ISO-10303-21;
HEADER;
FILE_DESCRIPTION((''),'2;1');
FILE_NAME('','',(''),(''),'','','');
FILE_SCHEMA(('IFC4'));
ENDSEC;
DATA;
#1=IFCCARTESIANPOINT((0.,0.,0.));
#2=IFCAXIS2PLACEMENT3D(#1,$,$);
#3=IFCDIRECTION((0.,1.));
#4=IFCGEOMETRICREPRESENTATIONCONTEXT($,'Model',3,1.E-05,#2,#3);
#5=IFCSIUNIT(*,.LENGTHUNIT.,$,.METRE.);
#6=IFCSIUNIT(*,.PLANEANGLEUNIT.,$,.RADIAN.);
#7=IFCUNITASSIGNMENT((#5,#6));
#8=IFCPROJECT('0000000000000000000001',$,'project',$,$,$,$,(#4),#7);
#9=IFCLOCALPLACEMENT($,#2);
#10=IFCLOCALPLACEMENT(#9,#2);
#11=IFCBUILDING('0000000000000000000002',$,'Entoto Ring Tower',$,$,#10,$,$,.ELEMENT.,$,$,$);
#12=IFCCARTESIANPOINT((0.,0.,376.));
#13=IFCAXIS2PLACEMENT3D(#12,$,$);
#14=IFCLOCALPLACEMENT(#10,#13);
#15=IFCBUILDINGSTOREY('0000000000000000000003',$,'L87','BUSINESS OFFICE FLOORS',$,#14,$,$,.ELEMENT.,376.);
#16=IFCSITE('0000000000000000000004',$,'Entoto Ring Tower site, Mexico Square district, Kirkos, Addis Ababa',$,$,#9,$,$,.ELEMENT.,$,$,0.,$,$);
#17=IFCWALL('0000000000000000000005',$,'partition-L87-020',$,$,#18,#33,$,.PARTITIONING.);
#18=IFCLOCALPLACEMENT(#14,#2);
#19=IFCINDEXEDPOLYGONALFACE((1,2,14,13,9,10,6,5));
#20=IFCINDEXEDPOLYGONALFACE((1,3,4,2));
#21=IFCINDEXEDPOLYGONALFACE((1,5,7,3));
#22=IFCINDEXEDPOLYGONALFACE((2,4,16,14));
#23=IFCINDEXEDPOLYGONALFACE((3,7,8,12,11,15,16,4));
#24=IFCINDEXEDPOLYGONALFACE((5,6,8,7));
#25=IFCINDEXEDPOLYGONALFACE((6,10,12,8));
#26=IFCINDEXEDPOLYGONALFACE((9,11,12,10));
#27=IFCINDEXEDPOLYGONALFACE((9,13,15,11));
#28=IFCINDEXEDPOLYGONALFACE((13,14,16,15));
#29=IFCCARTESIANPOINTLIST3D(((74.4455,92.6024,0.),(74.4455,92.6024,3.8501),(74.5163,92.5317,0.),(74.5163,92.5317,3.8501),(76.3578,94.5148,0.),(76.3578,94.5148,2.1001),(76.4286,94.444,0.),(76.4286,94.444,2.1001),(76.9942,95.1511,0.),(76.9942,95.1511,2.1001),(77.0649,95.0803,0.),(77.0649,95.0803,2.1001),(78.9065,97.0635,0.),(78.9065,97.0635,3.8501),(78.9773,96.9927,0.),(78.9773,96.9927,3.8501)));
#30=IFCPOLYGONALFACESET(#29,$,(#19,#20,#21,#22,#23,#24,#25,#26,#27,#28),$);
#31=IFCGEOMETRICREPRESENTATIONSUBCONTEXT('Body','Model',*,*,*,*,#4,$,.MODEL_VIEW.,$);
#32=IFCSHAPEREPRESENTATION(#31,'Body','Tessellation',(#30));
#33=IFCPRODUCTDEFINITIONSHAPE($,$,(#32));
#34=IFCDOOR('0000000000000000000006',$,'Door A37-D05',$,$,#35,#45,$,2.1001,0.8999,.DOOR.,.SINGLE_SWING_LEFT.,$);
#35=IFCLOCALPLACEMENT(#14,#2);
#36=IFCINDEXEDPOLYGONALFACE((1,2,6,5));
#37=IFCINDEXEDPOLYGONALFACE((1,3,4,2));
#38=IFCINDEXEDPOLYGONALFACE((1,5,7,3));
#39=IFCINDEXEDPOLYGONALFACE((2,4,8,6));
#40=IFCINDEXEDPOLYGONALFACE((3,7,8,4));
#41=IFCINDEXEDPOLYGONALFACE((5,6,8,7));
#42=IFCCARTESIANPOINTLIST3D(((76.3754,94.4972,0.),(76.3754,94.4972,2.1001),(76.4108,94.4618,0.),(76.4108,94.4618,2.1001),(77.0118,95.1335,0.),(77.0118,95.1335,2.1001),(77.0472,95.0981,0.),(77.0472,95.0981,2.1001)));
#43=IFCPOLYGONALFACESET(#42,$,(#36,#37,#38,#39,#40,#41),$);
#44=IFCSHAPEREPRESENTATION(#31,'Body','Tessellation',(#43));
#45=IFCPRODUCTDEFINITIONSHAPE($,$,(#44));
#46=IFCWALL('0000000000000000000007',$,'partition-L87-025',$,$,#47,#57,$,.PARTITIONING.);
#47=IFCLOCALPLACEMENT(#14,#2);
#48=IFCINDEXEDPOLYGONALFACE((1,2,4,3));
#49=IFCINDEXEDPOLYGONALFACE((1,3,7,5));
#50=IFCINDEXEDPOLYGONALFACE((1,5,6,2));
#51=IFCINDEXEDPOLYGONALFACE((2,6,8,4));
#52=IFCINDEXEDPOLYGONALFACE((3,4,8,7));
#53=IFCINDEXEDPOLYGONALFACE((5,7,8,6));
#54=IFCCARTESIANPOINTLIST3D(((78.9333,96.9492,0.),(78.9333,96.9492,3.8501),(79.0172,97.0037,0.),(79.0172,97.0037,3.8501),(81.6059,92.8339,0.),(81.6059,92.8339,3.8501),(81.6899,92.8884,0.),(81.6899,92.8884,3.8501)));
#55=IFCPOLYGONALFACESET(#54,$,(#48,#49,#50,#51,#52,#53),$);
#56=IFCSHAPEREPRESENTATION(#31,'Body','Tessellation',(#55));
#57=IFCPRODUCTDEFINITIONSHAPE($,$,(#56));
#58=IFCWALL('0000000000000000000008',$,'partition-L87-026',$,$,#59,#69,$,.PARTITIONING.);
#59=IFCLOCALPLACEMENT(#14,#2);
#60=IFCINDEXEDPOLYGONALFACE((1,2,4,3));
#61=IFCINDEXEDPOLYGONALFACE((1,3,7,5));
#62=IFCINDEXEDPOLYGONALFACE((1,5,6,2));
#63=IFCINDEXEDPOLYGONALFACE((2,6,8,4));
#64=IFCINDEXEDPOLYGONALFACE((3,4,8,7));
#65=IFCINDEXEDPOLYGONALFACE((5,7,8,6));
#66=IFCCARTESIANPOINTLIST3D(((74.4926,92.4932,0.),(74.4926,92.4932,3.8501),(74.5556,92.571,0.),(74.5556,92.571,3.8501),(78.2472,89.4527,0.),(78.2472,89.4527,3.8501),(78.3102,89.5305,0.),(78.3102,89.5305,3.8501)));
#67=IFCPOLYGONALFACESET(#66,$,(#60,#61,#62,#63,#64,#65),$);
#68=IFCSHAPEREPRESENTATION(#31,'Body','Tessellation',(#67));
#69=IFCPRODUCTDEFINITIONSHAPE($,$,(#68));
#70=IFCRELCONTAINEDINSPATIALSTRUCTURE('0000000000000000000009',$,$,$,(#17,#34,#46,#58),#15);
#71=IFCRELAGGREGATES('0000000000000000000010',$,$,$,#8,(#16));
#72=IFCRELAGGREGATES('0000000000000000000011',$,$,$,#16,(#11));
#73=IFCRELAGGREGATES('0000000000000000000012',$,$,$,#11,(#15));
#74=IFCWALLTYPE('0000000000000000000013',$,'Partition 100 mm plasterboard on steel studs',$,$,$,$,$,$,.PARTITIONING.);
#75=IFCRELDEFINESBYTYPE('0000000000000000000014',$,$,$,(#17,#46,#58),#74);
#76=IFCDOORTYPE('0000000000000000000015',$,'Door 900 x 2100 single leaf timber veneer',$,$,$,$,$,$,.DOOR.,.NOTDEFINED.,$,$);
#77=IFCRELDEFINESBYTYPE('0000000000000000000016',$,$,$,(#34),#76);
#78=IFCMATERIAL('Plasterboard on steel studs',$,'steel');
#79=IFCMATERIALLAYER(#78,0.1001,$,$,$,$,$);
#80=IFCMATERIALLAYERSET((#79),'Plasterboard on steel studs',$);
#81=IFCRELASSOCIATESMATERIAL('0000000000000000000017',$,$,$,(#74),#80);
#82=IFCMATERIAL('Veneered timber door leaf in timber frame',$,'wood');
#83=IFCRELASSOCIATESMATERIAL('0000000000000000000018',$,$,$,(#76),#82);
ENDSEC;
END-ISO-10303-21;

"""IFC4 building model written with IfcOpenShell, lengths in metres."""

from ifc_helpers import new_model, si_unit, direction, frame, frame_2d, origin, place, context, subcontext, project, spatial, rectangle, extrude, material, layer, layer_set, type_object, element, fill, save


model = new_model("IFC4")

# Units and contexts
model_context = context("Model", 3, precision=1e-05, world=origin(), true_north=direction((0.0, 1.0)))
body_context = subcontext(model_context, "Body", "Model", "MODEL_VIEW")
ifc_project = project(units=[si_unit("LENGTHUNIT", "METRE"), si_unit("PLANEANGLEUNIT", "RADIAN")], contexts=[model_context])

# Site, building, storey
site_placement = place(None, origin())
site = spatial("IfcSite", under=ifc_project, at=site_placement, Name="Entoto Ring Tower site, Mexico Square district, Kirkos, Addis Ababa", CompositionType="ELEMENT", RefElevation=0.0)
building_placement = place(site_placement, origin())
building = spatial("IfcBuilding", under=site, at=building_placement, Name="Entoto Ring Tower", CompositionType="ELEMENT")
storey_placement = place(building_placement, frame((0.0, 0.0, 376.0)))
storey = spatial("IfcBuildingStorey", under=building, at=storey_placement, Name="L87", Description="BUSINESS OFFICE FLOORS", CompositionType="ELEMENT", Elevation=376.0)

# Wall, opening, door
ifc_material_1 = material(Name="Plasterboard on steel studs", Category="steel")
ifc_layer_1 = layer(ifc_material_1, 0.1001)
ifc_layer_set_1 = layer_set([ifc_layer_1], Name="Plasterboard on steel studs")
wall_type_1 = type_object("IfcWallType", Name="Partition 100 mm plasterboard on steel studs", PredefinedType="PARTITIONING", material=ifc_layer_set_1)
wall_1_placement = place(storey_placement, frame((74.481, 92.5671, 0.0), z_axis=(0.0, 0.0, 1.0), x_axis=(0.707107, 0.707107, 0.0)))
wall_1 = element("IfcWall", 1, at=wall_1_placement, inside=storey, type_object=wall_type_1, Name="partition-L87-020", PredefinedType="PARTITIONING", context=body_context, shape_type="SweptSolid", body=[
    extrude(rectangle(XDim=6.3088, YDim=0.1001, at=frame_2d((3.1543, 0.0))), origin(), (0.0, 0.0, 1.0), 3.8501),
])
opening_1_placement = place(wall_1_placement, frame((2.7043, 0.0, 0.0)))
opening_1 = element("IfcOpeningElement", 2, at=opening_1_placement, cuts=wall_1, PredefinedType="OPENING", context=body_context, shape_type="SweptSolid", body=[
    extrude(rectangle(XDim=0.8999, YDim=2.1001, at=frame_2d((0.45, 1.05))), frame((0.0, 0.0601, 0.0), z_axis=(0.0, -1.0, 0.0), x_axis=(1.0, 0.0, 0.0)), (0.0, 0.0, 1.0), 0.1201),
])
ifc_material_2 = material(Name="Veneered timber door leaf in timber frame", Category="wood")
door_type_1 = type_object("IfcDoorType", Name="Door 900 x 2100 single leaf timber veneer", OperationType="NOTDEFINED", PredefinedType="DOOR", material=ifc_material_2)
door_1_placement = place(opening_1_placement, frame((0.8999, 0.0, 0.0), z_axis=(0.0, 0.0, 1.0), x_axis=(-1.0, 0.0, 0.0)))
door_1 = element("IfcDoor", 3, at=door_1_placement, inside=storey, type_object=door_type_1, Name="Door A37-D05", OperationType="SINGLE_SWING_LEFT", OverallHeight=2.1001, OverallWidth=0.8999, PredefinedType="DOOR", context=body_context, shape_type="SweptSolid", body=[
    extrude(rectangle(XDim=0.8999, YDim=2.1001, at=frame_2d((0.45, 1.05))), frame((0.0, 0.0249, 0.0), z_axis=(0.0, -1.0, 0.0), x_axis=(1.0, 0.0, 0.0)), (0.0, 0.0, 1.0), 0.05),
])
fill(opening_1, door_1)

# Walls
wall_2_placement = place(storey_placement, frame((81.6479, 92.8611, 0.0), z_axis=(0.0, 0.0, 1.0), x_axis=(-0.54466, 0.838657, 0.0)))
element("IfcWall", 4, at=wall_2_placement, inside=storey, type_object=wall_type_1, Name="partition-L87-025", PredefinedType="PARTITIONING", context=body_context, shape_type="SweptSolid", body=[
    extrude(rectangle(XDim=4.907, YDim=0.1001, at=frame_2d((2.4536, 0.0))), origin(), (0.0, 0.0, 1.0), 3.8501),
])
wall_3_placement = place(storey_placement, frame((78.2786, 89.4917, 0.0), z_axis=(0.0, 0.0, 1.0), x_axis=(-0.777138, 0.629331, 0.0)))
element("IfcWall", 5, at=wall_3_placement, inside=storey, type_object=wall_type_1, Name="partition-L87-026", PredefinedType="PARTITIONING", context=body_context, shape_type="SweptSolid", body=[
    extrude(rectangle(XDim=4.8313, YDim=0.1001, at=frame_2d((2.4155, 0.0))), origin(), (0.0, 0.0, 1.0), 3.8501),
])

save(model, "model.ifc")
